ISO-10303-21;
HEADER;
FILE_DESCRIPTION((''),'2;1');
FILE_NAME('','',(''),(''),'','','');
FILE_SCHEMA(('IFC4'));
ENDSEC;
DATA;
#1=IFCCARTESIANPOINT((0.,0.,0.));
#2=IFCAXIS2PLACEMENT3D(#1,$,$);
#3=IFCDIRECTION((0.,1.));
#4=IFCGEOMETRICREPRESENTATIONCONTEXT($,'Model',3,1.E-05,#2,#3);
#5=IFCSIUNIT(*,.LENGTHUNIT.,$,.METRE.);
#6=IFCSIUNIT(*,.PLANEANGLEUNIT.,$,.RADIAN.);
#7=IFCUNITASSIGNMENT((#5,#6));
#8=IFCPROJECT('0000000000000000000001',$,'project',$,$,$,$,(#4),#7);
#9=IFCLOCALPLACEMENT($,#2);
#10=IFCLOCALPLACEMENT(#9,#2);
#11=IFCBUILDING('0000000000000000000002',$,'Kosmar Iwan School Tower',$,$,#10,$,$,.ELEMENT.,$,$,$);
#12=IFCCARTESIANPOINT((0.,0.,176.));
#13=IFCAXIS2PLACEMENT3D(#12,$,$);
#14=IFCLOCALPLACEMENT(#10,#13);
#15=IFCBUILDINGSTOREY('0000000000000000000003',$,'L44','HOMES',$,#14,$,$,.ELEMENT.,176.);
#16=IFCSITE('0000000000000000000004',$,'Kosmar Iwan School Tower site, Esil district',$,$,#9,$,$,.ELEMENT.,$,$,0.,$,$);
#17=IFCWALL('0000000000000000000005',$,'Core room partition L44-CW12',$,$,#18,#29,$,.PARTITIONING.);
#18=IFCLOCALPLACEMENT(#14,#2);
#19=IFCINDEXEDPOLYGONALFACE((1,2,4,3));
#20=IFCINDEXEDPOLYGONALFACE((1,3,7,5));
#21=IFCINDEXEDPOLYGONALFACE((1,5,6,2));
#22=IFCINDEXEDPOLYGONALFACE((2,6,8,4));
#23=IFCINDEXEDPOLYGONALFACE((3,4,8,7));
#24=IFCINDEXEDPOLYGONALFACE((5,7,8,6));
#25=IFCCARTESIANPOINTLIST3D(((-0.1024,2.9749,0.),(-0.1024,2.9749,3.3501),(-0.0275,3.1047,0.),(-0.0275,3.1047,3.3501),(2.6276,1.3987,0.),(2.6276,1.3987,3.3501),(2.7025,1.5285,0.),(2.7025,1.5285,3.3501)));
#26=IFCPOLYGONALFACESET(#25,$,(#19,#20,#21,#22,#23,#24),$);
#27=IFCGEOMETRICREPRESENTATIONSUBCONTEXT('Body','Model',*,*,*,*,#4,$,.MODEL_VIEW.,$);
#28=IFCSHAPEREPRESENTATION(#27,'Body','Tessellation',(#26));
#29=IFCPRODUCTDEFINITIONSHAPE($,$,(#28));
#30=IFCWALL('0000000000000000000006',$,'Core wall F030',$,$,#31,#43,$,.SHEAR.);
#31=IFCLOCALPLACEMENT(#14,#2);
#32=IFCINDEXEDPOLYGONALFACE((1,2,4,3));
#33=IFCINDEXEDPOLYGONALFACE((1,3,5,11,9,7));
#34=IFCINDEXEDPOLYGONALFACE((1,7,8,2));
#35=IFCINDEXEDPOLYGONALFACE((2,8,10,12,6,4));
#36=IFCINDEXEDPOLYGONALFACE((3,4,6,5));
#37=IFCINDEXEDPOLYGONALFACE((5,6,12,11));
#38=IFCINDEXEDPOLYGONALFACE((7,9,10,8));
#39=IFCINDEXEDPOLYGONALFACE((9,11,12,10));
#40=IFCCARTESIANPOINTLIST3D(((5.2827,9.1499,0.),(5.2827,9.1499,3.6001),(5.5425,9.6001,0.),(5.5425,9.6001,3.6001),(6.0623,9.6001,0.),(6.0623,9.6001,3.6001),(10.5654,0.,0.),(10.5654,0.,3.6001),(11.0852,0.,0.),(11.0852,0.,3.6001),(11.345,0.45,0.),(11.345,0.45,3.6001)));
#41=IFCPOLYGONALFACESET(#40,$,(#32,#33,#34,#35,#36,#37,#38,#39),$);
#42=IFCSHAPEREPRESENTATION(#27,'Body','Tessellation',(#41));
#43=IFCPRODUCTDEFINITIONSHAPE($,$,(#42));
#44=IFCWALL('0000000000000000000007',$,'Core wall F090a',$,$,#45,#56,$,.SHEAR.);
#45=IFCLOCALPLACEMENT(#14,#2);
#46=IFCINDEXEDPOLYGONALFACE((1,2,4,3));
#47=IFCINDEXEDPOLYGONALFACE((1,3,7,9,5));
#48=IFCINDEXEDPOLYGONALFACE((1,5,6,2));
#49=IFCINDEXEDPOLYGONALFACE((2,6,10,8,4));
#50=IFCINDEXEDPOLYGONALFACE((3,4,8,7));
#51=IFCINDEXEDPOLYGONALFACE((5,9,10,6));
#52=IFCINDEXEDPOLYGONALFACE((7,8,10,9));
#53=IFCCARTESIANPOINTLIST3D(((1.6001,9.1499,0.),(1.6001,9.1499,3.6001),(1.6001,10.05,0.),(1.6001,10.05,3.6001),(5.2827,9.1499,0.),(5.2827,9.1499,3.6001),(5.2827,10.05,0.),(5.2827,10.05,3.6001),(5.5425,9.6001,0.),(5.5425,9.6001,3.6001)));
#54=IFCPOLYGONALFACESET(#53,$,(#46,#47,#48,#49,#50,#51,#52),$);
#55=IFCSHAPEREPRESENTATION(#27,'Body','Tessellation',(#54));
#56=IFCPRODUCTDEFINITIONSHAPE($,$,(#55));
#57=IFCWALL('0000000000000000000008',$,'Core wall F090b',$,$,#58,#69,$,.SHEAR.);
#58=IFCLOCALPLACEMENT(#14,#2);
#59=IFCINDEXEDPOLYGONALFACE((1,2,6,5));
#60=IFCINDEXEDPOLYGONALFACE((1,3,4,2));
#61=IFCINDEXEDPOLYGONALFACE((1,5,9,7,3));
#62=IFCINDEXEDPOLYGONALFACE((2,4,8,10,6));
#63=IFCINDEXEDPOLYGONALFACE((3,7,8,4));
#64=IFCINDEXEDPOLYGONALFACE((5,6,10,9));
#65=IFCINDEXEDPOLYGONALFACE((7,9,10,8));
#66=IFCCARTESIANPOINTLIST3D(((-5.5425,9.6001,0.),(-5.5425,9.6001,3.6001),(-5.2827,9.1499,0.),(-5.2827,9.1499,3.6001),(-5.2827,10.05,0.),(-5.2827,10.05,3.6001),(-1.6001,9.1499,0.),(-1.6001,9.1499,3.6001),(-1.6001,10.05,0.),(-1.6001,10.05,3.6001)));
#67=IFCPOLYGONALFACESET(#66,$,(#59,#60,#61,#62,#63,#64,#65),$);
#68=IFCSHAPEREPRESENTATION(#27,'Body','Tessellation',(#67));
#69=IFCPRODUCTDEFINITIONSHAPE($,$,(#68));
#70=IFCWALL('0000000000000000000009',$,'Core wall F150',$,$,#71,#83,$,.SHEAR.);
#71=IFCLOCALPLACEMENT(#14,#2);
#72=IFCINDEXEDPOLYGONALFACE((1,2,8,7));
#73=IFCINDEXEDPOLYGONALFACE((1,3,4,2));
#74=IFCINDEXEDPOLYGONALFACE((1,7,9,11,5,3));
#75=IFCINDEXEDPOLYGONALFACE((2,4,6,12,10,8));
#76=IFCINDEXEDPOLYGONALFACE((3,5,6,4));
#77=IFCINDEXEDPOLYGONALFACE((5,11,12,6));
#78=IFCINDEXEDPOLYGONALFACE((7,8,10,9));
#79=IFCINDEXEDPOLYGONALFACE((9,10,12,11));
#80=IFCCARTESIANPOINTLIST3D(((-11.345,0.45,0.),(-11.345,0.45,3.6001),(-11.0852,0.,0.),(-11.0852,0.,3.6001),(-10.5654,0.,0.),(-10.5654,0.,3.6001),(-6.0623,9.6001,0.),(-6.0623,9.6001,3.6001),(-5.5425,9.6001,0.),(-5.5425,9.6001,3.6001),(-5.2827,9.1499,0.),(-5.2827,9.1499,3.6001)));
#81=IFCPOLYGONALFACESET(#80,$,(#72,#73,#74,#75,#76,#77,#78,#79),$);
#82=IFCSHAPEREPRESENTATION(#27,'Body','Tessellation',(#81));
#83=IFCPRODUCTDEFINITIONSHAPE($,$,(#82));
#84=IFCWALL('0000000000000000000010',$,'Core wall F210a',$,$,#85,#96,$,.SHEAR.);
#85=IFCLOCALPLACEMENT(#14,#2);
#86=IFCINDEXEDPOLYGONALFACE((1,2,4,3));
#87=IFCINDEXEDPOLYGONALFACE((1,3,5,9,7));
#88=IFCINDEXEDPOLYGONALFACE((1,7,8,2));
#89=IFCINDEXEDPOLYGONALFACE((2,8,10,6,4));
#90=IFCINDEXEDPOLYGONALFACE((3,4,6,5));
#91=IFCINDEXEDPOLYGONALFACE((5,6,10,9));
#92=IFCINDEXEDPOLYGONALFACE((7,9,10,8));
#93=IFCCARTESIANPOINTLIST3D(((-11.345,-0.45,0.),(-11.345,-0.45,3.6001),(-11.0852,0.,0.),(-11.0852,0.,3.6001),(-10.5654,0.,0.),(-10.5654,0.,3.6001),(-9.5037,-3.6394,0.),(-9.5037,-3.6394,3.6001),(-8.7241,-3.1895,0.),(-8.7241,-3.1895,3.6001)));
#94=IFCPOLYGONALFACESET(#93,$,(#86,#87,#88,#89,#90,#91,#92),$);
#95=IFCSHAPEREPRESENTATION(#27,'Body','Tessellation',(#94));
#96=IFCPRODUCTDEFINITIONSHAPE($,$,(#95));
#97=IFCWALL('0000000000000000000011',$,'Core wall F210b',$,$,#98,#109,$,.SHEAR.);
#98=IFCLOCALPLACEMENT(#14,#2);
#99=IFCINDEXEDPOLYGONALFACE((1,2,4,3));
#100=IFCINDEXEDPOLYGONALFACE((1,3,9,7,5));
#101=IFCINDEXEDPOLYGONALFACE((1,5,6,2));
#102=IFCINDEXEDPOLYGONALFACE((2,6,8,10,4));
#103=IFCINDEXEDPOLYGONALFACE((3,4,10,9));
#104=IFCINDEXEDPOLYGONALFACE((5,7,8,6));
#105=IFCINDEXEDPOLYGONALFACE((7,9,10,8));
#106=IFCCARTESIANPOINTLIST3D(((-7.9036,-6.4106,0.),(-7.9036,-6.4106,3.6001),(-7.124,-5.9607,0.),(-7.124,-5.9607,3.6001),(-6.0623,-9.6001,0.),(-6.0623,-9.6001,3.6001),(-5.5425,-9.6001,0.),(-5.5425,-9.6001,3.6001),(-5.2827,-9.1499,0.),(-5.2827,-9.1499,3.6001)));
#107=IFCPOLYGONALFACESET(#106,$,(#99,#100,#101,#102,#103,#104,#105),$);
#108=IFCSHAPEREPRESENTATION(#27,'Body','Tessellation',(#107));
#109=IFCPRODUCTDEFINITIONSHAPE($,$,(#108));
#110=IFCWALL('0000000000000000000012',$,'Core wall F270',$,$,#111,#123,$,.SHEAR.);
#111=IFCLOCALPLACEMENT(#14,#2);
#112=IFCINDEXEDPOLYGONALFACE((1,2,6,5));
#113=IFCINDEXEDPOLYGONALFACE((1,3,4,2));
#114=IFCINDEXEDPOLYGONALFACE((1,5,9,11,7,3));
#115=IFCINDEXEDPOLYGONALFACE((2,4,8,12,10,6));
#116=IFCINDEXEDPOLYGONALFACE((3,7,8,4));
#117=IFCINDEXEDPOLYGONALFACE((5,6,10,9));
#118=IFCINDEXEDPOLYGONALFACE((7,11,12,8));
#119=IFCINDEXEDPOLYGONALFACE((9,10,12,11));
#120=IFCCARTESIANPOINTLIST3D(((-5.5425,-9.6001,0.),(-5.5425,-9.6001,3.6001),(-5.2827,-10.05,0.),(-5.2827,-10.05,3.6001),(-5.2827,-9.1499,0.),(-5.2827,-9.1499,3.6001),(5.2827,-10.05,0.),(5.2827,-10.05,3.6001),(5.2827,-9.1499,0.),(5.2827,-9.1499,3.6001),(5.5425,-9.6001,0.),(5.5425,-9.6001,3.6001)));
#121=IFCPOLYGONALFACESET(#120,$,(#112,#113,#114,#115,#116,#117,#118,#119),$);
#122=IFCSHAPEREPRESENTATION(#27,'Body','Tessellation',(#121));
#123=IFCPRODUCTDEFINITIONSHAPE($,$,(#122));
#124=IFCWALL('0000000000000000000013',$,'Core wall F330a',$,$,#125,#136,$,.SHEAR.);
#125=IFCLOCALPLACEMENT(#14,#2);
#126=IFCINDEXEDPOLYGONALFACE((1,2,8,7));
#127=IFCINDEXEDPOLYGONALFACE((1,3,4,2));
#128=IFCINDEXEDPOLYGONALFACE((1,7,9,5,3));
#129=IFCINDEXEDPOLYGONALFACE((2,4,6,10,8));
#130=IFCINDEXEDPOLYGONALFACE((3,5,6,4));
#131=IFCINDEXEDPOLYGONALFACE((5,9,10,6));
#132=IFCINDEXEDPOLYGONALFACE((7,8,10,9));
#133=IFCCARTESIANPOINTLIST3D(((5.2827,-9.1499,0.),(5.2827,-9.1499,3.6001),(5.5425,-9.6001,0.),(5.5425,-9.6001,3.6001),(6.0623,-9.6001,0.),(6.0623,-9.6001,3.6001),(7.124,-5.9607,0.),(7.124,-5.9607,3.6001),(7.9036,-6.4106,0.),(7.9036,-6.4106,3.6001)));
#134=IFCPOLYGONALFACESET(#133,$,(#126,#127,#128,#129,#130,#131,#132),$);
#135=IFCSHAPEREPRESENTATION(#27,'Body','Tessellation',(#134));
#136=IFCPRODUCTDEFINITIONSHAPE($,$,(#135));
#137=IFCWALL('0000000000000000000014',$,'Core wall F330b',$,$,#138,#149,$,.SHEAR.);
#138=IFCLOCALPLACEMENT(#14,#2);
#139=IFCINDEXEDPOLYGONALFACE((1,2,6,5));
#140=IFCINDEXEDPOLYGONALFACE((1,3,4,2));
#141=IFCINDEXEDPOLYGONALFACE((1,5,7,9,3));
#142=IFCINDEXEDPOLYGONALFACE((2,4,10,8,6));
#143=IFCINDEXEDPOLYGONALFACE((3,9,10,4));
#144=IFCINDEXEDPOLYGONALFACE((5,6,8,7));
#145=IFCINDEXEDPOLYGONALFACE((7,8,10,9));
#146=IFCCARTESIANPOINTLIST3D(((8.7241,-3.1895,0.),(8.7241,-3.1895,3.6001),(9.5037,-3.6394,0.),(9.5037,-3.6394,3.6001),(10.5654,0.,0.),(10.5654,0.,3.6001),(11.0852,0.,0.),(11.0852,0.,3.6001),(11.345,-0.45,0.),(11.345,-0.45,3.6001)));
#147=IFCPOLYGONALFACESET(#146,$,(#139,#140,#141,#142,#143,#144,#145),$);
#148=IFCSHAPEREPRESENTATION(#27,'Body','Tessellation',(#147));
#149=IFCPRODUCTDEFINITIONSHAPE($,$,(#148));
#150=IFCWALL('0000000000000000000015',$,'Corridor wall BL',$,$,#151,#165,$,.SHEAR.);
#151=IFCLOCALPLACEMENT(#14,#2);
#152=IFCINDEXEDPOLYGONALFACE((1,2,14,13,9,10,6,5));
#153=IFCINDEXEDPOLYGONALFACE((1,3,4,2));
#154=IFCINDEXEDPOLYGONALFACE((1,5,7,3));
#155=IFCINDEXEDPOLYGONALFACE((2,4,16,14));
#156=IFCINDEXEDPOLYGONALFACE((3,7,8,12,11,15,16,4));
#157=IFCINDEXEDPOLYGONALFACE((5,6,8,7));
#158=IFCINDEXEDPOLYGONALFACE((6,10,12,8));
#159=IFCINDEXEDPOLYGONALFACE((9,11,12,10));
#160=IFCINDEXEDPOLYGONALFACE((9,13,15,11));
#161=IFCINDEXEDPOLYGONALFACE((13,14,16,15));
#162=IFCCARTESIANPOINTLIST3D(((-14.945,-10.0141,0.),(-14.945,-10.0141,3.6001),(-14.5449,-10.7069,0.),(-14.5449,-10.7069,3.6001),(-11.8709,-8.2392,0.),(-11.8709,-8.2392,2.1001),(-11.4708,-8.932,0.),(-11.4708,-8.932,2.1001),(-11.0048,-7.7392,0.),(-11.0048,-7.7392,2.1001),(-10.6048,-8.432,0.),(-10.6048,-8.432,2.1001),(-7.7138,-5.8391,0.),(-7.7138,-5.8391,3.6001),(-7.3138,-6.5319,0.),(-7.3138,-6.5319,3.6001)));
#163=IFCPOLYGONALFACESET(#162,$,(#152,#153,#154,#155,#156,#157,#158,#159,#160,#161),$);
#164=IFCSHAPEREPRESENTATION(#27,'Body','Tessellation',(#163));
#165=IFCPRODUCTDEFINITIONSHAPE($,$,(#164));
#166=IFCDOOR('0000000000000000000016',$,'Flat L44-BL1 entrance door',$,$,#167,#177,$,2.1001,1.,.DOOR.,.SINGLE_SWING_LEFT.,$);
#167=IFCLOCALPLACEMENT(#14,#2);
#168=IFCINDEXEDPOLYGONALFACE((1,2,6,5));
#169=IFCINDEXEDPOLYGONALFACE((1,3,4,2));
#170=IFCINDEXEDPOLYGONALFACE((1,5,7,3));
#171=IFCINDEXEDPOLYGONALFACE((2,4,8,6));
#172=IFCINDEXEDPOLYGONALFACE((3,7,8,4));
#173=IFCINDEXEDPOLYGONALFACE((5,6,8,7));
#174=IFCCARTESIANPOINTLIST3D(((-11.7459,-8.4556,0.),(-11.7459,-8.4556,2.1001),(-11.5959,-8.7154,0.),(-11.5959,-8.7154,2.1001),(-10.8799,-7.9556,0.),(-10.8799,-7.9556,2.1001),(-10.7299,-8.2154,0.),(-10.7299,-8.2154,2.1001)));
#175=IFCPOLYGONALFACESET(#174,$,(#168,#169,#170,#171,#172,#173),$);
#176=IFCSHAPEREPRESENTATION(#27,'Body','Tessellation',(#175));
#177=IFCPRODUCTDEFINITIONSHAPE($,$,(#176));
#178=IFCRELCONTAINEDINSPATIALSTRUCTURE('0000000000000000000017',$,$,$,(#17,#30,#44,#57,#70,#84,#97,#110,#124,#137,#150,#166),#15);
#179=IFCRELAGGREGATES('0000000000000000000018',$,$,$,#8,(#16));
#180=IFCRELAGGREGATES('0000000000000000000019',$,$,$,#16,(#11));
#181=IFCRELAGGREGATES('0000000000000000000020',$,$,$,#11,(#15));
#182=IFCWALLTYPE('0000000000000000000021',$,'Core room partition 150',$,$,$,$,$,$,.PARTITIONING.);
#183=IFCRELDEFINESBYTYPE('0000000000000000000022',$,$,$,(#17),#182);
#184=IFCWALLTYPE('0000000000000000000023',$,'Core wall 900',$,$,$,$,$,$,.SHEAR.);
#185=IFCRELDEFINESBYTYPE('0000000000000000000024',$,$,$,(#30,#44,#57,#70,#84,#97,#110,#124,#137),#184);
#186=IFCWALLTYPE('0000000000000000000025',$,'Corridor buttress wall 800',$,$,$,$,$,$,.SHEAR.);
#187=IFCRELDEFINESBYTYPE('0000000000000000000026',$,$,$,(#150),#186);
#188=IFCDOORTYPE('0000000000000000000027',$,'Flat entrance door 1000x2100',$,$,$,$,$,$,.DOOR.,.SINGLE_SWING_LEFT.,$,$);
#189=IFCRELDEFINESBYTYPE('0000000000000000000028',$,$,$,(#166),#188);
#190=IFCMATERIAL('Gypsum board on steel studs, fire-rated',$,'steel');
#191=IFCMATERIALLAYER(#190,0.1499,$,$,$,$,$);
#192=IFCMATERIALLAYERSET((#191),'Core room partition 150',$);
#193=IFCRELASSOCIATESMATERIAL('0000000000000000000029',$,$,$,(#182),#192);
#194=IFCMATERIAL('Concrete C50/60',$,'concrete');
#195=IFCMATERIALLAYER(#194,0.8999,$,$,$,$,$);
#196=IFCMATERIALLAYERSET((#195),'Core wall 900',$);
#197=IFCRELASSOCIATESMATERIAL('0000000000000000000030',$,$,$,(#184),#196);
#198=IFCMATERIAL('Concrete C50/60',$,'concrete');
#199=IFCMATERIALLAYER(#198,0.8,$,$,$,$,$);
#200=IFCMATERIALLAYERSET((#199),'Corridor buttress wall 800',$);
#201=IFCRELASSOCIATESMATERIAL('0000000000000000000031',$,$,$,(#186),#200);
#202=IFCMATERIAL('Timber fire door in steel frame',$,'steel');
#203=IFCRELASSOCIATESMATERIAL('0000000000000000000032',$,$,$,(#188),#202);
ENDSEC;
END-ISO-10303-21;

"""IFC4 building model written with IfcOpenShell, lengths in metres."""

from ifc_helpers import new_model, si_unit, direction, frame, frame_2d, origin, place, context, subcontext, project, spatial, polyline, rectangle, outline, extrude, material, layer, layer_set, type_object, element, fill, save


model = new_model("IFC4")

# Units and contexts
model_context = context("Model", 3, precision=1e-05, world=origin(), true_north=direction((0.0, 1.0)))
body_context = subcontext(model_context, "Body", "Model", "MODEL_VIEW")
ifc_project = project(units=[si_unit("LENGTHUNIT", "METRE"), si_unit("PLANEANGLEUNIT", "RADIAN")], contexts=[model_context])

# Site, building, storey
site_placement = place(None, origin())
site = spatial("IfcSite", under=ifc_project, at=site_placement, Name="Kosmar Iwan School Tower site, Esil district", CompositionType="ELEMENT", RefElevation=0.0)
building_placement = place(site_placement, origin())
building = spatial("IfcBuilding", under=site, at=building_placement, Name="Kosmar Iwan School Tower", CompositionType="ELEMENT")
storey_placement = place(building_placement, frame((0.0, 0.0, 176.0)))
storey = spatial("IfcBuildingStorey", under=building, at=storey_placement, Name="L44", Description="HOMES", CompositionType="ELEMENT", Elevation=176.0)

# Shared definitions
ifc_material_1 = material(Name="Gypsum board on steel studs, fire-rated", Category="steel")
ifc_layer_1 = layer(ifc_material_1, 0.1499)
ifc_layer_set_1 = layer_set([ifc_layer_1], Name="Core room partition 150")
wall_type_1 = type_object("IfcWallType", Name="Core room partition 150", PredefinedType="PARTITIONING", material=ifc_layer_set_1)

# Walls
for number, where, z_axis, x_axis, name in (
    (1, (-0.0649, 3.0398, 0.0), (0.0, 0.0, 1.0), (0.866023, -0.500004, 0.0), "Core room partition L44-CW12"),
):
    element("IfcWall", number, at=place(storey_placement, frame(where, z_axis=z_axis, x_axis=x_axis)), inside=storey, type_object=wall_type_1, Name=name, PredefinedType="PARTITIONING", context=body_context, shape_type="SweptSolid", body=[
        extrude(rectangle(XDim=3.1523, YDim=0.1499, at=frame_2d((1.5762, 0.0))), origin(), (0.0, 0.0, 1.0), 3.3501),
    ])
ifc_material_2 = material(Name="Concrete C50/60", Category="concrete")
ifc_layer_2 = layer(ifc_material_2, 0.8999)
ifc_layer_set_2 = layer_set([ifc_layer_2], Name="Core wall 900")
wall_type_2 = type_object("IfcWallType", Name="Core wall 900", PredefinedType="SHEAR", material=ifc_layer_set_2)
wall_1_placement = place(storey_placement, origin())
element("IfcWall", 2, at=wall_1_placement, inside=storey, type_object=wall_type_2, Name="Core wall F030", PredefinedType="SHEAR", context=body_context, shape_type="SweptSolid", body=[
    extrude(outline(polyline([(10.5654, 0.0), (11.0852, 0.0), (11.345, 0.45), (6.0623, 9.6001), (5.5425, 9.6001), (5.2827, 9.1499), (10.5654, 0.0)])), origin(), (0.0, 0.0, 1.0), 3.6001),
])
wall_2_placement = place(storey_placement, origin())
element("IfcWall", 3, at=wall_2_placement, inside=storey, type_object=wall_type_2, Name="Core wall F090a", PredefinedType="SHEAR", context=body_context, shape_type="SweptSolid", body=[
    extrude(outline(polyline([(1.6001, 9.1499), (5.2827, 9.1499), (5.5425, 9.6001), (5.2827, 10.05), (1.6001, 10.05), (1.6001, 9.1499)])), origin(), (0.0, 0.0, 1.0), 3.6001),
])
wall_3_placement = place(storey_placement, origin())
element("IfcWall", 4, at=wall_3_placement, inside=storey, type_object=wall_type_2, Name="Core wall F090b", PredefinedType="SHEAR", context=body_context, shape_type="SweptSolid", body=[
    extrude(outline(polyline([(-5.2827, 9.1499), (-1.6001, 9.1499), (-1.6001, 10.05), (-5.2827, 10.05), (-5.5425, 9.6001), (-5.2827, 9.1499)])), origin(), (0.0, 0.0, 1.0), 3.6001),
])
wall_4_placement = place(storey_placement, origin())
element("IfcWall", 5, at=wall_4_placement, inside=storey, type_object=wall_type_2, Name="Core wall F150", PredefinedType="SHEAR", context=body_context, shape_type="SweptSolid", body=[
    extrude(outline(polyline([(-11.0852, 0.0), (-10.5654, 0.0), (-5.2827, 9.1499), (-5.5425, 9.6001), (-6.0623, 9.6001), (-11.345, 0.45), (-11.0852, 0.0)])), origin(), (0.0, 0.0, 1.0), 3.6001),
])
wall_5_placement = place(storey_placement, origin())
element("IfcWall", 6, at=wall_5_placement, inside=storey, type_object=wall_type_2, Name="Core wall F210a", PredefinedType="SHEAR", context=body_context, shape_type="SweptSolid", body=[
    extrude(outline(polyline([(-9.5037, -3.6394), (-8.7241, -3.1895), (-10.5654, 0.0), (-11.0852, 0.0), (-11.345, -0.45), (-9.5037, -3.6394)])), origin(), (0.0, 0.0, 1.0), 3.6001),
])
wall_6_placement = place(storey_placement, origin())
element("IfcWall", 7, at=wall_6_placement, inside=storey, type_object=wall_type_2, Name="Core wall F210b", PredefinedType="SHEAR", context=body_context, shape_type="SweptSolid", body=[
    extrude(outline(polyline([(-6.0623, -9.6001), (-5.5425, -9.6001), (-5.2827, -9.1499), (-7.124, -5.9607), (-7.9036, -6.4106), (-6.0623, -9.6001)])), origin(), (0.0, 0.0, 1.0), 3.6001),
])
wall_7_placement = place(storey_placement, origin())
element("IfcWall", 8, at=wall_7_placement, inside=storey, type_object=wall_type_2, Name="Core wall F270", PredefinedType="SHEAR", context=body_context, shape_type="SweptSolid", body=[
    extrude(outline(polyline([(-5.2827, -10.05), (5.2827, -10.05), (5.5425, -9.6001), (5.2827, -9.1499), (-5.2827, -9.1499), (-5.5425, -9.6001), (-5.2827, -10.05)])), origin(), (0.0, 0.0, 1.0), 3.6001),
])
wall_8_placement = place(storey_placement, origin())
element("IfcWall", 9, at=wall_8_placement, inside=storey, type_object=wall_type_2, Name="Core wall F330a", PredefinedType="SHEAR", context=body_context, shape_type="SweptSolid", body=[
    extrude(outline(polyline([(5.5425, -9.6001), (6.0623, -9.6001), (7.9036, -6.4106), (7.124, -5.9607), (5.2827, -9.1499), (5.5425, -9.6001)])), origin(), (0.0, 0.0, 1.0), 3.6001),
])
wall_9_placement = place(storey_placement, origin())
element("IfcWall", 10, at=wall_9_placement, inside=storey, type_object=wall_type_2, Name="Core wall F330b", PredefinedType="SHEAR", context=body_context, shape_type="SweptSolid", body=[
    extrude(outline(polyline([(9.5037, -3.6394), (11.345, -0.45), (11.0852, 0.0), (10.5654, 0.0), (8.7241, -3.1895), (9.5037, -3.6394)])), origin(), (0.0, 0.0, 1.0), 3.6001),
])

# Wall, opening, door
ifc_material_3 = material(Name="Concrete C50/60", Category="concrete")
ifc_layer_3 = layer(ifc_material_3, 0.8)
ifc_layer_set_3 = layer_set([ifc_layer_3], Name="Corridor buttress wall 800")
wall_type_3 = type_object("IfcWallType", Name="Corridor buttress wall 800", PredefinedType="SHEAR", material=ifc_layer_set_3)
wall_10_placement = place(storey_placement, frame((-7.5139, -6.1855, 0.0), z_axis=(0.0, 0.0, 1.0), x_axis=(-0.86602, -0.50001, 0.0)))
wall_10 = element("IfcWall", 11, at=wall_10_placement, inside=storey, type_object=wall_type_3, Name="Corridor wall BL", PredefinedType="SHEAR", context=body_context, shape_type="SweptSolid", body=[
    extrude(rectangle(XDim=8.3499, YDim=0.8, at=frame_2d((4.1748, 0.0))), origin(), (0.0, 0.0, 1.0), 3.6001),
])
opening_1_placement = place(wall_10_placement, frame((3.8, 0.0, 0.0)))
opening_1 = element("IfcOpeningElement", 12, at=opening_1_placement, cuts=wall_10, PredefinedType="OPENING", context=body_context, shape_type="SweptSolid", body=[
    extrude(rectangle(XDim=1.0, YDim=2.1001, at=frame_2d((0.5, 1.05))), frame((0.0, 0.4121, 0.0), z_axis=(0.0, -1.0, 0.0), x_axis=(1.0, 0.0, 0.0)), (0.0, 0.0, 1.0), 0.824),
])
ifc_material_4 = material(Name="Timber fire door in steel frame", Category="steel")
door_type_1 = type_object("IfcDoorType", Name="Flat entrance door 1000x2100", OperationType="SINGLE_SWING_LEFT", PredefinedType="DOOR", material=ifc_material_4)
door_1_placement = place(opening_1_placement, origin())
door_1 = element("IfcDoor", 13, at=door_1_placement, inside=storey, type_object=door_type_1, Name="Flat L44-BL1 entrance door", OperationType="SINGLE_SWING_LEFT", OverallHeight=2.1001, OverallWidth=1.0, PredefinedType="DOOR", context=body_context, shape_type="SweptSolid", body=[
    extrude(rectangle(XDim=1.0, YDim=2.1001, at=frame_2d((0.5, 1.05))), frame((0.0, 0.1499, 0.0), z_axis=(0.0, -1.0, 0.0), x_axis=(1.0, 0.0, 0.0)), (0.0, 0.0, 1.0), 0.3),
])
fill(opening_1, door_1)

save(model, "model.ifc")
